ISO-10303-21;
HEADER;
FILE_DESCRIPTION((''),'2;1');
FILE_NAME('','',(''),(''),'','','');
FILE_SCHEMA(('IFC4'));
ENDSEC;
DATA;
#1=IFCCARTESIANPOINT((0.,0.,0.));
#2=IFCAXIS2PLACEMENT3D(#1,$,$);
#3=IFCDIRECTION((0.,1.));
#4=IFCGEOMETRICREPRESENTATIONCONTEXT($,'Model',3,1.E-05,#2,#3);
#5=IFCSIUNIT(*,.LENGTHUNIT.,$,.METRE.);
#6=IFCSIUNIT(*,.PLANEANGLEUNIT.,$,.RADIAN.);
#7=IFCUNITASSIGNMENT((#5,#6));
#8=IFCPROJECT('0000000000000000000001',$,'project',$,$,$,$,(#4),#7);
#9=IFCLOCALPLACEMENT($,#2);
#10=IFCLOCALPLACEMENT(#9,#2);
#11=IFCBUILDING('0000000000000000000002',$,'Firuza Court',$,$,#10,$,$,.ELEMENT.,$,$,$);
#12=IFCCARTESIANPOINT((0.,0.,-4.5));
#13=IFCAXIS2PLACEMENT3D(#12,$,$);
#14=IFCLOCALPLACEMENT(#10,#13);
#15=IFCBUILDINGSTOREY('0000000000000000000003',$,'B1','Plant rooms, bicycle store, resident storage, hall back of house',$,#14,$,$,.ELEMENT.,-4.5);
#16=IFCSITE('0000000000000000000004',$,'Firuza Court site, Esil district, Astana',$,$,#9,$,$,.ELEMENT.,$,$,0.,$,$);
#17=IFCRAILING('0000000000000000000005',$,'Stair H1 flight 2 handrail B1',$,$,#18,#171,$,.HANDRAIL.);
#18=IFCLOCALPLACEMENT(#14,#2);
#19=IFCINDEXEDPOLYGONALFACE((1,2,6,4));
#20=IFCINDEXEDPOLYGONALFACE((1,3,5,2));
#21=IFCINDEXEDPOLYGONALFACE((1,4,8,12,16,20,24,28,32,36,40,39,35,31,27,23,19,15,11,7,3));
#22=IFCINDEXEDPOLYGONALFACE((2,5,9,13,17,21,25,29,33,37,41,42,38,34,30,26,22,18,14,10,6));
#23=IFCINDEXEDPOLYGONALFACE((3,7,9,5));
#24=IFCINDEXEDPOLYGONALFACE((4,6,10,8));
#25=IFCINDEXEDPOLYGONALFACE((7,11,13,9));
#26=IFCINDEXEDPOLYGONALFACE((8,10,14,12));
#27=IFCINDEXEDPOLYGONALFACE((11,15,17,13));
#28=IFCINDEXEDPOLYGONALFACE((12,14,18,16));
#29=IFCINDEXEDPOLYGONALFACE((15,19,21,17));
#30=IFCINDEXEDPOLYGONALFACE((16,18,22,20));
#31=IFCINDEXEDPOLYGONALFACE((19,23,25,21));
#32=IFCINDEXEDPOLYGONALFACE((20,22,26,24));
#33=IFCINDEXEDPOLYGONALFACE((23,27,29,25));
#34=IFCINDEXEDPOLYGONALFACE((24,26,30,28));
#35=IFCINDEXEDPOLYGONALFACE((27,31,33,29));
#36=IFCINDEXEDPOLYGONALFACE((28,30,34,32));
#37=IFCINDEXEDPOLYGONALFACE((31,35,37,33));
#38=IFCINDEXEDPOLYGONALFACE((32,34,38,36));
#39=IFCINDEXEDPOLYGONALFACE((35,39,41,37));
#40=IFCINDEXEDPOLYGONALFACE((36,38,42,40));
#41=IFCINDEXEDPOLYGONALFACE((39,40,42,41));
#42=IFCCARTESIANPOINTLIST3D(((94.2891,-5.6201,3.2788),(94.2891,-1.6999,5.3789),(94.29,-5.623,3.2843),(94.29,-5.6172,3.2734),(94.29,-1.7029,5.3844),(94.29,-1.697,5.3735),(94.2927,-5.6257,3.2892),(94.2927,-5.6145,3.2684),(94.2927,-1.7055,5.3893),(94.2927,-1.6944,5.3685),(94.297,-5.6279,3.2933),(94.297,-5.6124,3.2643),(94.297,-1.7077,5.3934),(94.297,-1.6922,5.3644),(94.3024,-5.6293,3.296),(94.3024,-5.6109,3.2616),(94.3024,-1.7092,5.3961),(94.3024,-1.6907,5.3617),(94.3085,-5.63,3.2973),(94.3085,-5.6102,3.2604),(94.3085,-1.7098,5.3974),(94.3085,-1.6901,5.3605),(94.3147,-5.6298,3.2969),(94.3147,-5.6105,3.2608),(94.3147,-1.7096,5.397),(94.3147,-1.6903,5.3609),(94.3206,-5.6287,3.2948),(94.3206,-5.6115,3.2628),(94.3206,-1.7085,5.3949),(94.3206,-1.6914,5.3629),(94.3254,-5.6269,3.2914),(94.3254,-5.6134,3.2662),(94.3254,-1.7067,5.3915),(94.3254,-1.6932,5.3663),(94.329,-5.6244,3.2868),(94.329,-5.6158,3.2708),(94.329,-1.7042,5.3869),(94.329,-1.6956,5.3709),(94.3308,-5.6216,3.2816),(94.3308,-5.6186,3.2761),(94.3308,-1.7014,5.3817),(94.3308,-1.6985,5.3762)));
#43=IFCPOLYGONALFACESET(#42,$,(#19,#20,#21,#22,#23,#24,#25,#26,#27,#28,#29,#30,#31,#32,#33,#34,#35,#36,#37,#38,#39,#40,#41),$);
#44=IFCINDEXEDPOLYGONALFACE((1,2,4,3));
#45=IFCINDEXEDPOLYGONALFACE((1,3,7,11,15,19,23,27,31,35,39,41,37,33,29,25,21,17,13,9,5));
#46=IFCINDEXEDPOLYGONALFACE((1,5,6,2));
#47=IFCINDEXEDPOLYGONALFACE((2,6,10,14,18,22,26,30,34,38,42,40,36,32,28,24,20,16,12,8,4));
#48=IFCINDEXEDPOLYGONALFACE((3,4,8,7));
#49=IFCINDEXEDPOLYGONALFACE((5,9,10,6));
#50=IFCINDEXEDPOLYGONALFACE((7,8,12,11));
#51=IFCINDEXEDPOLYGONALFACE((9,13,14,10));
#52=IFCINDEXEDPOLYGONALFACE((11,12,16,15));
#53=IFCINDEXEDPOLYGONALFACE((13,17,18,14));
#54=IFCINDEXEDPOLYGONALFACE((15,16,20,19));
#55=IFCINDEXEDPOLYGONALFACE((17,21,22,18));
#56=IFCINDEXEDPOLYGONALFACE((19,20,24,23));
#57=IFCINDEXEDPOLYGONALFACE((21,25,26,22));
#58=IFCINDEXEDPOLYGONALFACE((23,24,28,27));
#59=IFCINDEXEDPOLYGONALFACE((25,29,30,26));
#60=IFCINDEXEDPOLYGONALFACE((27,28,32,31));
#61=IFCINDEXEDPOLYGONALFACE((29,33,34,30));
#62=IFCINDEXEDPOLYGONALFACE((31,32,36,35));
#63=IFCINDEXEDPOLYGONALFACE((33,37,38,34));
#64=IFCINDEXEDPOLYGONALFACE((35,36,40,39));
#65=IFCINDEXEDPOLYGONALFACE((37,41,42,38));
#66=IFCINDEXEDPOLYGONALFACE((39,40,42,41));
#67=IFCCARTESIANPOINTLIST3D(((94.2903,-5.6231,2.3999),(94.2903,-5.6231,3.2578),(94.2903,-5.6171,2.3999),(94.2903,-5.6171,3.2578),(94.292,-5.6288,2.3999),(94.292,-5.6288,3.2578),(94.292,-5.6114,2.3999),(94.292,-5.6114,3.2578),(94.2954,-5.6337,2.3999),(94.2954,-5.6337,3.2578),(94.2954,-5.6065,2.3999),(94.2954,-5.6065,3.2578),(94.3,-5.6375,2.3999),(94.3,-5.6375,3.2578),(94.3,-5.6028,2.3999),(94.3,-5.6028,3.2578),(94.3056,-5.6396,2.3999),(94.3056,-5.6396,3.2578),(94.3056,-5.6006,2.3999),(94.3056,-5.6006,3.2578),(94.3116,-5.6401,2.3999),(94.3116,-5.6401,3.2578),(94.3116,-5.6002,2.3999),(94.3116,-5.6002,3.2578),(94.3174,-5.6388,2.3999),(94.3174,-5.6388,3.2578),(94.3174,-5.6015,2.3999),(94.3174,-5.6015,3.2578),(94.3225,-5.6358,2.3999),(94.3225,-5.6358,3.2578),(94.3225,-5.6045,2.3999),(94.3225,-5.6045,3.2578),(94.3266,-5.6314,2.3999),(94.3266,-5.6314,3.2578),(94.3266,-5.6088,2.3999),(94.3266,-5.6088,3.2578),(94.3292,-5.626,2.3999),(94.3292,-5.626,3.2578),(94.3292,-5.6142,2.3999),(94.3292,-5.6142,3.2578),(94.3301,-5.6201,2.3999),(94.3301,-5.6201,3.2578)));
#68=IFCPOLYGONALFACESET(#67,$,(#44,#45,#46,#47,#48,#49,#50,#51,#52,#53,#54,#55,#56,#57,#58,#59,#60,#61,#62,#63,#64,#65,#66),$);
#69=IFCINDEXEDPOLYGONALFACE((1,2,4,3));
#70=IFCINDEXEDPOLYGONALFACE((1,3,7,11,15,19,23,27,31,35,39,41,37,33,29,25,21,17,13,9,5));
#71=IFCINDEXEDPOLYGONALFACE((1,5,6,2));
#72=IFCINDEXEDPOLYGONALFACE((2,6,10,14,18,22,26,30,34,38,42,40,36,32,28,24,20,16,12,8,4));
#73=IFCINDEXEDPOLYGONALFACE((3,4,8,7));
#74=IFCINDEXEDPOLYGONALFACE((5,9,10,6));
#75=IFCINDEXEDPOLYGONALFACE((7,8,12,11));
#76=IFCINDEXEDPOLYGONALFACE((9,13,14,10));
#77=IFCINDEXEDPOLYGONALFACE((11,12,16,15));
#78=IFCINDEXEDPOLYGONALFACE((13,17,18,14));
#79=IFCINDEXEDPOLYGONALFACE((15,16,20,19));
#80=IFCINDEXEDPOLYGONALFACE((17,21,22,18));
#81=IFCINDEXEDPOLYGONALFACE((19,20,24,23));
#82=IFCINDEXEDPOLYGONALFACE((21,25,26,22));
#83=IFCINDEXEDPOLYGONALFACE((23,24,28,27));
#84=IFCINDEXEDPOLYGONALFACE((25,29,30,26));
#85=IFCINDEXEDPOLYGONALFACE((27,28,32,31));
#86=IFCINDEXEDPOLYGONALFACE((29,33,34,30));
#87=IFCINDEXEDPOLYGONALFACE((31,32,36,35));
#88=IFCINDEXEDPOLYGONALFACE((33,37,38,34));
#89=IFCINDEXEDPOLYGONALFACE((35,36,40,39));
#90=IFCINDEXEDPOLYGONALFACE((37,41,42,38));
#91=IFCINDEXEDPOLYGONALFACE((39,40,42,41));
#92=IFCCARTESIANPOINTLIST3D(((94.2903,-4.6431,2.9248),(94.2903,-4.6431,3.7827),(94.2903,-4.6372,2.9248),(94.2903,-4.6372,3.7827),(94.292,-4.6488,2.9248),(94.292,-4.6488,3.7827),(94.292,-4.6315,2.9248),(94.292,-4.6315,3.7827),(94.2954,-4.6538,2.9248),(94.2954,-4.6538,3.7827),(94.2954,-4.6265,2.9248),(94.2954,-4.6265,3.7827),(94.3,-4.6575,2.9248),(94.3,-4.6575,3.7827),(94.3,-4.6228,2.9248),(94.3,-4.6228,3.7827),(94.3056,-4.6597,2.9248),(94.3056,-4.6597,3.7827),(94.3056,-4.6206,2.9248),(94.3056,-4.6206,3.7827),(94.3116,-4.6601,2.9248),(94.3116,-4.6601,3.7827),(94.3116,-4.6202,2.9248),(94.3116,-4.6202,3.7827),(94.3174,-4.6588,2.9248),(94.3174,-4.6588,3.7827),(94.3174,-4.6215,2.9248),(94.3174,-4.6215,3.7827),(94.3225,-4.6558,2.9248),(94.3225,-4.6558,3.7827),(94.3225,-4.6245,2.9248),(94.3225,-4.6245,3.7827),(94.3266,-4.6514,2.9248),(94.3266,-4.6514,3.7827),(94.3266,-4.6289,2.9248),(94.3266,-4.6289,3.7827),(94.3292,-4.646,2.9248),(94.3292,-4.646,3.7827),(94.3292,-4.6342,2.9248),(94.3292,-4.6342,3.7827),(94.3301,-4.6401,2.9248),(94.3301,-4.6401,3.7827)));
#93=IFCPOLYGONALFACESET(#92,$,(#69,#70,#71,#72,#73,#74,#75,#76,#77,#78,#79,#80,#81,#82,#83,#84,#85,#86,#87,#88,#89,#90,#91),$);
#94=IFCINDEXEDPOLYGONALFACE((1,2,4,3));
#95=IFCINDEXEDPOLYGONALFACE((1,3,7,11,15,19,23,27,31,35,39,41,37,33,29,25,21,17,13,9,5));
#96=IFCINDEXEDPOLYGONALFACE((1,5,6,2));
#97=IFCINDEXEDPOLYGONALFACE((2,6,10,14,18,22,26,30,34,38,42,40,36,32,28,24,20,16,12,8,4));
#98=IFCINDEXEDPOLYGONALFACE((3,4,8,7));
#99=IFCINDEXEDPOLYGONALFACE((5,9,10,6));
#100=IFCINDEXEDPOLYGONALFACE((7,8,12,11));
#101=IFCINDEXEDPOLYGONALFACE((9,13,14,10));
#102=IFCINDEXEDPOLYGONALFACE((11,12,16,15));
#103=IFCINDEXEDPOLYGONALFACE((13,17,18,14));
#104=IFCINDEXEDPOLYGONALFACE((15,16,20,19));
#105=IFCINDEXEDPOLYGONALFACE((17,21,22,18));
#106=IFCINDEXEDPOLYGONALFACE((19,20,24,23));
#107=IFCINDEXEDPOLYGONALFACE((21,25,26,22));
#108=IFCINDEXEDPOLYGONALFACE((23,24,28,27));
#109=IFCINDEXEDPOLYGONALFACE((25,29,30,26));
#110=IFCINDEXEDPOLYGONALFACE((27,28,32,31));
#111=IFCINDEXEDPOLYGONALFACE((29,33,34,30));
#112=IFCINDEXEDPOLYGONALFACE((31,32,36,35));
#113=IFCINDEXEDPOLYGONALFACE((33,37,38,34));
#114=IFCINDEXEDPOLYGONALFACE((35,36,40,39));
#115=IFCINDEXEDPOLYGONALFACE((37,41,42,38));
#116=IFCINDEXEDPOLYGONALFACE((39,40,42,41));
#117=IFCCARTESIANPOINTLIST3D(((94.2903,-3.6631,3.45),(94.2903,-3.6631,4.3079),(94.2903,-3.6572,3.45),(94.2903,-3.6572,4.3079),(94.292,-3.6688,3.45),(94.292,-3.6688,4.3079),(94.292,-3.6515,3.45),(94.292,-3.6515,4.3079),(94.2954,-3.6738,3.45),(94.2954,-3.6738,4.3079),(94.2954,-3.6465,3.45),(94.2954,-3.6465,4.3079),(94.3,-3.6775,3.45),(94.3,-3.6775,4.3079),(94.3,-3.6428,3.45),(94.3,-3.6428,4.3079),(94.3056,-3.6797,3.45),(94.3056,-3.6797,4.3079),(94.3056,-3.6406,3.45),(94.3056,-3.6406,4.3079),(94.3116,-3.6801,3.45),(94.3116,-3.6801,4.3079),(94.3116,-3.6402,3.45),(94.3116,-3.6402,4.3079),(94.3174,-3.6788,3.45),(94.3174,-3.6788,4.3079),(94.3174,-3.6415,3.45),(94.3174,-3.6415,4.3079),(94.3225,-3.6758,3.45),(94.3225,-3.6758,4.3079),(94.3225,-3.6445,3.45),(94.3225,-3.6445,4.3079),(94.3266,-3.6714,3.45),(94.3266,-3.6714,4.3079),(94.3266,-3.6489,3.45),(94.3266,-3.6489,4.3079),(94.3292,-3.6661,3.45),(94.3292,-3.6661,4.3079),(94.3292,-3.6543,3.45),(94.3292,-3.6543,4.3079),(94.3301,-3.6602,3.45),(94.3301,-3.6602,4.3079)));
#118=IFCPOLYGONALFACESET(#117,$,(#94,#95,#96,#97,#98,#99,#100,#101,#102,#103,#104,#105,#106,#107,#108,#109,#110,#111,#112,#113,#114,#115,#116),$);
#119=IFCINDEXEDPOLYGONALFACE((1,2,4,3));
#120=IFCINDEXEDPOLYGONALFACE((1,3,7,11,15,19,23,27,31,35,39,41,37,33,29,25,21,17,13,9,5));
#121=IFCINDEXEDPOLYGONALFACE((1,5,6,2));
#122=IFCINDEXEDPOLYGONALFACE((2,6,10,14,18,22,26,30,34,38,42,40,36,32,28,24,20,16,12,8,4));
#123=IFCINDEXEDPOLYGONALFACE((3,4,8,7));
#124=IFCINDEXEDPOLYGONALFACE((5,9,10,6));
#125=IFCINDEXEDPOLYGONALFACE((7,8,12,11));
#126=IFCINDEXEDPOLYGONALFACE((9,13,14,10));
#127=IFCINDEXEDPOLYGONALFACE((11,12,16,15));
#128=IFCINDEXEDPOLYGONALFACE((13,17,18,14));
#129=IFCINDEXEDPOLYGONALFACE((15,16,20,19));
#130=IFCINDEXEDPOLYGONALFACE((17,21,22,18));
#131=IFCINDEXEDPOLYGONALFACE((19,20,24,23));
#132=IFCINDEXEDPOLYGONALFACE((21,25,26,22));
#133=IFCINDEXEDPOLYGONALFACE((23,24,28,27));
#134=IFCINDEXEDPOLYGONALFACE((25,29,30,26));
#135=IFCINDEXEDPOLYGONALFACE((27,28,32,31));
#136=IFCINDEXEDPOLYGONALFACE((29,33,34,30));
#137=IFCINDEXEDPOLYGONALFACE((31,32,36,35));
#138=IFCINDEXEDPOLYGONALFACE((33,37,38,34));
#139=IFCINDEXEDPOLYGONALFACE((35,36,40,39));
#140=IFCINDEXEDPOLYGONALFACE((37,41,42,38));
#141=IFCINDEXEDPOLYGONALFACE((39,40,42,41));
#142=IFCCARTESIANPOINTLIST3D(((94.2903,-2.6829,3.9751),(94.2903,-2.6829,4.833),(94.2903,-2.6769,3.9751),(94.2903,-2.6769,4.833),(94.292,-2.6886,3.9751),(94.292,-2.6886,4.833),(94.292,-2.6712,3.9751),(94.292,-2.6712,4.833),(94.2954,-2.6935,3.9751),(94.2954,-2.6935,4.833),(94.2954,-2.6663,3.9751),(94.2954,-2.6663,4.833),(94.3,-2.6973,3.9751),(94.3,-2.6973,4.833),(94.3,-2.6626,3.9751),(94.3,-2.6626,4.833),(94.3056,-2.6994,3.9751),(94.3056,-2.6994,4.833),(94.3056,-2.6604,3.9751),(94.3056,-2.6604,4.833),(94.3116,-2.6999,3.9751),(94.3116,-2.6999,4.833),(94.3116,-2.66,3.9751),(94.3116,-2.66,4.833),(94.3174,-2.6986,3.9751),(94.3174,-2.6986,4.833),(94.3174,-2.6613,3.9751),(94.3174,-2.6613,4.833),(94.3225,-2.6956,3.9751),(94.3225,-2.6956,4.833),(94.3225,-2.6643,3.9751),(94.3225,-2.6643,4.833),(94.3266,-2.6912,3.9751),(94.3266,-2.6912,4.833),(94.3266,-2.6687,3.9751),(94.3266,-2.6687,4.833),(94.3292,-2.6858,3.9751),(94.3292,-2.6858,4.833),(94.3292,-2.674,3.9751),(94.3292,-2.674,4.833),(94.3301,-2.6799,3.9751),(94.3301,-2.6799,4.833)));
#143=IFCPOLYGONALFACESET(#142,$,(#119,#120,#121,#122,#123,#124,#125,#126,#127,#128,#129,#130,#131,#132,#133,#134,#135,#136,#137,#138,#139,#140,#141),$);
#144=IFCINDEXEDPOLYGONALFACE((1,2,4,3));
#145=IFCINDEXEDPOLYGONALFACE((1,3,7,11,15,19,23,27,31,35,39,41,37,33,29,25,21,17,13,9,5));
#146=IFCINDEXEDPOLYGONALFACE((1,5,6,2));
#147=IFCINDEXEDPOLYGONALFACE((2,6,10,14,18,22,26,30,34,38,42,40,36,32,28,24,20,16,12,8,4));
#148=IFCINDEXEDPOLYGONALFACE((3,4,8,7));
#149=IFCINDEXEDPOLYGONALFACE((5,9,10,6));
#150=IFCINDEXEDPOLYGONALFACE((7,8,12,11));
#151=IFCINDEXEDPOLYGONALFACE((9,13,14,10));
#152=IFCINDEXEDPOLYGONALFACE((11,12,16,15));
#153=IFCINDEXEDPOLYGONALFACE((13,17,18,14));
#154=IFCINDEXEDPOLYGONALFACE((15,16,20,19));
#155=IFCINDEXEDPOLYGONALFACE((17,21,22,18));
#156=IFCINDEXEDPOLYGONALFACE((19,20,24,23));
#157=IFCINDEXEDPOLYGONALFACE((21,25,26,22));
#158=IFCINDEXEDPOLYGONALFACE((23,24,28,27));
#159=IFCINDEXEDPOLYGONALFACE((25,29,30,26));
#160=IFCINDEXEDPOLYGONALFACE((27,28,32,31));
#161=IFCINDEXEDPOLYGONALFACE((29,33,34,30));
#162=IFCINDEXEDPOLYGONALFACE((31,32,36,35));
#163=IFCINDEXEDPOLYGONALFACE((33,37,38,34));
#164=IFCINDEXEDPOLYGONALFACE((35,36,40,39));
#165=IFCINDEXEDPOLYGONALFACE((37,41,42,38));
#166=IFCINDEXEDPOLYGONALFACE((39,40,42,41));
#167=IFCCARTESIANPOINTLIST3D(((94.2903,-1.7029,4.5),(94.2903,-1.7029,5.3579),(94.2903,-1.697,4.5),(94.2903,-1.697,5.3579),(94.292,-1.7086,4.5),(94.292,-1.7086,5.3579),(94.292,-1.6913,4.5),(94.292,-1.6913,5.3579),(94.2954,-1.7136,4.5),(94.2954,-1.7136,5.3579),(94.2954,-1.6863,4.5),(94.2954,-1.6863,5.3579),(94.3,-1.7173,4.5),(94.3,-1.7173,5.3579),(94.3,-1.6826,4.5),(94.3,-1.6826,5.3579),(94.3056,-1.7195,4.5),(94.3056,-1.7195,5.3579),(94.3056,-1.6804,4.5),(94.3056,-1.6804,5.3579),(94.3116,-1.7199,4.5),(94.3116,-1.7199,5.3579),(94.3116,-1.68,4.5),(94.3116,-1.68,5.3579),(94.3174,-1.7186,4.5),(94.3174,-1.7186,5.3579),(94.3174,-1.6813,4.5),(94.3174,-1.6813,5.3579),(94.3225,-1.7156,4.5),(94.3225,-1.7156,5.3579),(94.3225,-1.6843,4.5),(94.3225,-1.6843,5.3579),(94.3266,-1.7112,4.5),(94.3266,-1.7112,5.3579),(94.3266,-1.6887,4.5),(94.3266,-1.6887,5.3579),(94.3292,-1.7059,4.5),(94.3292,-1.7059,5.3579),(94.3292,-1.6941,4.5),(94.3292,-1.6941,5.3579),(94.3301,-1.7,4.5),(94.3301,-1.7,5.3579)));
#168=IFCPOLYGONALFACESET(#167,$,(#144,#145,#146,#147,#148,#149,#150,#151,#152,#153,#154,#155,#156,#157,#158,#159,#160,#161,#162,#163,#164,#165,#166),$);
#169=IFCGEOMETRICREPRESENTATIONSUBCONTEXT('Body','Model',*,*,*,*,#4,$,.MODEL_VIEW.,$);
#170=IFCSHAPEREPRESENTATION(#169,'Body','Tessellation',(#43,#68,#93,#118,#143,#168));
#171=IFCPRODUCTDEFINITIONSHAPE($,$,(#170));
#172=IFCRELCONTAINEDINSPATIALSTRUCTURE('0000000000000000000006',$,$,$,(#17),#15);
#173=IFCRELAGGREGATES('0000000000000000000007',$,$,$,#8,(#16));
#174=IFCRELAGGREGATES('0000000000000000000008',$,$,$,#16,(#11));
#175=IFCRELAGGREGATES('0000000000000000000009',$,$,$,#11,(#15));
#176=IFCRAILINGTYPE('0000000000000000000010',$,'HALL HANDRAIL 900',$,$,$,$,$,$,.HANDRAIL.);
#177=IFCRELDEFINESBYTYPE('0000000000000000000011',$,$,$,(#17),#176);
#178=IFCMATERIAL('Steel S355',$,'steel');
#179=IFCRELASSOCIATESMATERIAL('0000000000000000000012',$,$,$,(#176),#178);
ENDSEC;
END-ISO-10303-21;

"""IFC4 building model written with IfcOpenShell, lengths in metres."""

from ifc_helpers import new_model, si_unit, direction, frame, origin, origin_2d, place, context, subcontext, project, spatial, circle, extrude, material, type_object, element, save


model = new_model("IFC4")

# Units and contexts
model_context = context("Model", 3, precision=1e-05, world=origin(), true_north=direction((0.0, 1.0)))
body_context = subcontext(model_context, "Body", "Model", "MODEL_VIEW")
ifc_project = project(units=[si_unit("LENGTHUNIT", "METRE"), si_unit("PLANEANGLEUNIT", "RADIAN")], contexts=[model_context])

# Site, building, storey
site_placement = place(None, origin())
site = spatial("IfcSite", under=ifc_project, at=site_placement, Name="Firuza Court site, Esil district, Astana", CompositionType="ELEMENT", RefElevation=0.0)
building_placement = place(site_placement, origin())
building = spatial("IfcBuilding", under=site, at=building_placement, Name="Firuza Court", CompositionType="ELEMENT")
storey_placement = place(building_placement, frame((0.0, 0.0, -4.5)))
storey = spatial("IfcBuildingStorey", under=building, at=storey_placement, Name="B1", Description="Plant rooms, bicycle store, resident storage, hall back of house", CompositionType="ELEMENT", Elevation=-4.5)

# Railing
ifc_material_1 = material(Name="Steel S355", Category="steel")
railing_type_1 = type_object("IfcRailingType", Name="HALL HANDRAIL 900", PredefinedType="HANDRAIL", material=ifc_material_1)
railing_1_placement = place(storey_placement, frame((94.3101, -5.6201, 2.3999)))
element("IfcRailing", 1, at=railing_1_placement, inside=storey, type_object=railing_type_1, Name="Stair H1 flight 2 handrail B1", PredefinedType="HANDRAIL", context=body_context, shape_type="SweptSolid", body=[
    extrude(circle(Radius=0.021, at=origin_2d()), frame((0.0, 0.0, 0.8789), z_axis=(0.0, 0.881479, 0.472223), x_axis=(-1.0, 0.0, 0.0)), (0.0, 0.0, 1.0), 4.4473),
    extrude(circle(Radius=0.02, at=origin_2d()), origin(), (0.0, 0.0, 1.0), 0.8579),
    extrude(circle(Radius=0.02, at=origin_2d()), frame((0.0, 0.98, 0.5249)), (0.0, 0.0, 1.0), 0.8579),
    extrude(circle(Radius=0.02, at=origin_2d()), frame((0.0, 1.96, 1.05)), (0.0, 0.0, 1.0), 0.8579),
    extrude(circle(Radius=0.02, at=origin_2d()), frame((0.0, 2.9402, 1.5752)), (0.0, 0.0, 1.0), 0.8579),
    extrude(circle(Radius=0.02, at=origin_2d()), frame((0.0, 3.9202, 2.1001)), (0.0, 0.0, 1.0), 0.8579),
])

save(model, "model.ifc")
